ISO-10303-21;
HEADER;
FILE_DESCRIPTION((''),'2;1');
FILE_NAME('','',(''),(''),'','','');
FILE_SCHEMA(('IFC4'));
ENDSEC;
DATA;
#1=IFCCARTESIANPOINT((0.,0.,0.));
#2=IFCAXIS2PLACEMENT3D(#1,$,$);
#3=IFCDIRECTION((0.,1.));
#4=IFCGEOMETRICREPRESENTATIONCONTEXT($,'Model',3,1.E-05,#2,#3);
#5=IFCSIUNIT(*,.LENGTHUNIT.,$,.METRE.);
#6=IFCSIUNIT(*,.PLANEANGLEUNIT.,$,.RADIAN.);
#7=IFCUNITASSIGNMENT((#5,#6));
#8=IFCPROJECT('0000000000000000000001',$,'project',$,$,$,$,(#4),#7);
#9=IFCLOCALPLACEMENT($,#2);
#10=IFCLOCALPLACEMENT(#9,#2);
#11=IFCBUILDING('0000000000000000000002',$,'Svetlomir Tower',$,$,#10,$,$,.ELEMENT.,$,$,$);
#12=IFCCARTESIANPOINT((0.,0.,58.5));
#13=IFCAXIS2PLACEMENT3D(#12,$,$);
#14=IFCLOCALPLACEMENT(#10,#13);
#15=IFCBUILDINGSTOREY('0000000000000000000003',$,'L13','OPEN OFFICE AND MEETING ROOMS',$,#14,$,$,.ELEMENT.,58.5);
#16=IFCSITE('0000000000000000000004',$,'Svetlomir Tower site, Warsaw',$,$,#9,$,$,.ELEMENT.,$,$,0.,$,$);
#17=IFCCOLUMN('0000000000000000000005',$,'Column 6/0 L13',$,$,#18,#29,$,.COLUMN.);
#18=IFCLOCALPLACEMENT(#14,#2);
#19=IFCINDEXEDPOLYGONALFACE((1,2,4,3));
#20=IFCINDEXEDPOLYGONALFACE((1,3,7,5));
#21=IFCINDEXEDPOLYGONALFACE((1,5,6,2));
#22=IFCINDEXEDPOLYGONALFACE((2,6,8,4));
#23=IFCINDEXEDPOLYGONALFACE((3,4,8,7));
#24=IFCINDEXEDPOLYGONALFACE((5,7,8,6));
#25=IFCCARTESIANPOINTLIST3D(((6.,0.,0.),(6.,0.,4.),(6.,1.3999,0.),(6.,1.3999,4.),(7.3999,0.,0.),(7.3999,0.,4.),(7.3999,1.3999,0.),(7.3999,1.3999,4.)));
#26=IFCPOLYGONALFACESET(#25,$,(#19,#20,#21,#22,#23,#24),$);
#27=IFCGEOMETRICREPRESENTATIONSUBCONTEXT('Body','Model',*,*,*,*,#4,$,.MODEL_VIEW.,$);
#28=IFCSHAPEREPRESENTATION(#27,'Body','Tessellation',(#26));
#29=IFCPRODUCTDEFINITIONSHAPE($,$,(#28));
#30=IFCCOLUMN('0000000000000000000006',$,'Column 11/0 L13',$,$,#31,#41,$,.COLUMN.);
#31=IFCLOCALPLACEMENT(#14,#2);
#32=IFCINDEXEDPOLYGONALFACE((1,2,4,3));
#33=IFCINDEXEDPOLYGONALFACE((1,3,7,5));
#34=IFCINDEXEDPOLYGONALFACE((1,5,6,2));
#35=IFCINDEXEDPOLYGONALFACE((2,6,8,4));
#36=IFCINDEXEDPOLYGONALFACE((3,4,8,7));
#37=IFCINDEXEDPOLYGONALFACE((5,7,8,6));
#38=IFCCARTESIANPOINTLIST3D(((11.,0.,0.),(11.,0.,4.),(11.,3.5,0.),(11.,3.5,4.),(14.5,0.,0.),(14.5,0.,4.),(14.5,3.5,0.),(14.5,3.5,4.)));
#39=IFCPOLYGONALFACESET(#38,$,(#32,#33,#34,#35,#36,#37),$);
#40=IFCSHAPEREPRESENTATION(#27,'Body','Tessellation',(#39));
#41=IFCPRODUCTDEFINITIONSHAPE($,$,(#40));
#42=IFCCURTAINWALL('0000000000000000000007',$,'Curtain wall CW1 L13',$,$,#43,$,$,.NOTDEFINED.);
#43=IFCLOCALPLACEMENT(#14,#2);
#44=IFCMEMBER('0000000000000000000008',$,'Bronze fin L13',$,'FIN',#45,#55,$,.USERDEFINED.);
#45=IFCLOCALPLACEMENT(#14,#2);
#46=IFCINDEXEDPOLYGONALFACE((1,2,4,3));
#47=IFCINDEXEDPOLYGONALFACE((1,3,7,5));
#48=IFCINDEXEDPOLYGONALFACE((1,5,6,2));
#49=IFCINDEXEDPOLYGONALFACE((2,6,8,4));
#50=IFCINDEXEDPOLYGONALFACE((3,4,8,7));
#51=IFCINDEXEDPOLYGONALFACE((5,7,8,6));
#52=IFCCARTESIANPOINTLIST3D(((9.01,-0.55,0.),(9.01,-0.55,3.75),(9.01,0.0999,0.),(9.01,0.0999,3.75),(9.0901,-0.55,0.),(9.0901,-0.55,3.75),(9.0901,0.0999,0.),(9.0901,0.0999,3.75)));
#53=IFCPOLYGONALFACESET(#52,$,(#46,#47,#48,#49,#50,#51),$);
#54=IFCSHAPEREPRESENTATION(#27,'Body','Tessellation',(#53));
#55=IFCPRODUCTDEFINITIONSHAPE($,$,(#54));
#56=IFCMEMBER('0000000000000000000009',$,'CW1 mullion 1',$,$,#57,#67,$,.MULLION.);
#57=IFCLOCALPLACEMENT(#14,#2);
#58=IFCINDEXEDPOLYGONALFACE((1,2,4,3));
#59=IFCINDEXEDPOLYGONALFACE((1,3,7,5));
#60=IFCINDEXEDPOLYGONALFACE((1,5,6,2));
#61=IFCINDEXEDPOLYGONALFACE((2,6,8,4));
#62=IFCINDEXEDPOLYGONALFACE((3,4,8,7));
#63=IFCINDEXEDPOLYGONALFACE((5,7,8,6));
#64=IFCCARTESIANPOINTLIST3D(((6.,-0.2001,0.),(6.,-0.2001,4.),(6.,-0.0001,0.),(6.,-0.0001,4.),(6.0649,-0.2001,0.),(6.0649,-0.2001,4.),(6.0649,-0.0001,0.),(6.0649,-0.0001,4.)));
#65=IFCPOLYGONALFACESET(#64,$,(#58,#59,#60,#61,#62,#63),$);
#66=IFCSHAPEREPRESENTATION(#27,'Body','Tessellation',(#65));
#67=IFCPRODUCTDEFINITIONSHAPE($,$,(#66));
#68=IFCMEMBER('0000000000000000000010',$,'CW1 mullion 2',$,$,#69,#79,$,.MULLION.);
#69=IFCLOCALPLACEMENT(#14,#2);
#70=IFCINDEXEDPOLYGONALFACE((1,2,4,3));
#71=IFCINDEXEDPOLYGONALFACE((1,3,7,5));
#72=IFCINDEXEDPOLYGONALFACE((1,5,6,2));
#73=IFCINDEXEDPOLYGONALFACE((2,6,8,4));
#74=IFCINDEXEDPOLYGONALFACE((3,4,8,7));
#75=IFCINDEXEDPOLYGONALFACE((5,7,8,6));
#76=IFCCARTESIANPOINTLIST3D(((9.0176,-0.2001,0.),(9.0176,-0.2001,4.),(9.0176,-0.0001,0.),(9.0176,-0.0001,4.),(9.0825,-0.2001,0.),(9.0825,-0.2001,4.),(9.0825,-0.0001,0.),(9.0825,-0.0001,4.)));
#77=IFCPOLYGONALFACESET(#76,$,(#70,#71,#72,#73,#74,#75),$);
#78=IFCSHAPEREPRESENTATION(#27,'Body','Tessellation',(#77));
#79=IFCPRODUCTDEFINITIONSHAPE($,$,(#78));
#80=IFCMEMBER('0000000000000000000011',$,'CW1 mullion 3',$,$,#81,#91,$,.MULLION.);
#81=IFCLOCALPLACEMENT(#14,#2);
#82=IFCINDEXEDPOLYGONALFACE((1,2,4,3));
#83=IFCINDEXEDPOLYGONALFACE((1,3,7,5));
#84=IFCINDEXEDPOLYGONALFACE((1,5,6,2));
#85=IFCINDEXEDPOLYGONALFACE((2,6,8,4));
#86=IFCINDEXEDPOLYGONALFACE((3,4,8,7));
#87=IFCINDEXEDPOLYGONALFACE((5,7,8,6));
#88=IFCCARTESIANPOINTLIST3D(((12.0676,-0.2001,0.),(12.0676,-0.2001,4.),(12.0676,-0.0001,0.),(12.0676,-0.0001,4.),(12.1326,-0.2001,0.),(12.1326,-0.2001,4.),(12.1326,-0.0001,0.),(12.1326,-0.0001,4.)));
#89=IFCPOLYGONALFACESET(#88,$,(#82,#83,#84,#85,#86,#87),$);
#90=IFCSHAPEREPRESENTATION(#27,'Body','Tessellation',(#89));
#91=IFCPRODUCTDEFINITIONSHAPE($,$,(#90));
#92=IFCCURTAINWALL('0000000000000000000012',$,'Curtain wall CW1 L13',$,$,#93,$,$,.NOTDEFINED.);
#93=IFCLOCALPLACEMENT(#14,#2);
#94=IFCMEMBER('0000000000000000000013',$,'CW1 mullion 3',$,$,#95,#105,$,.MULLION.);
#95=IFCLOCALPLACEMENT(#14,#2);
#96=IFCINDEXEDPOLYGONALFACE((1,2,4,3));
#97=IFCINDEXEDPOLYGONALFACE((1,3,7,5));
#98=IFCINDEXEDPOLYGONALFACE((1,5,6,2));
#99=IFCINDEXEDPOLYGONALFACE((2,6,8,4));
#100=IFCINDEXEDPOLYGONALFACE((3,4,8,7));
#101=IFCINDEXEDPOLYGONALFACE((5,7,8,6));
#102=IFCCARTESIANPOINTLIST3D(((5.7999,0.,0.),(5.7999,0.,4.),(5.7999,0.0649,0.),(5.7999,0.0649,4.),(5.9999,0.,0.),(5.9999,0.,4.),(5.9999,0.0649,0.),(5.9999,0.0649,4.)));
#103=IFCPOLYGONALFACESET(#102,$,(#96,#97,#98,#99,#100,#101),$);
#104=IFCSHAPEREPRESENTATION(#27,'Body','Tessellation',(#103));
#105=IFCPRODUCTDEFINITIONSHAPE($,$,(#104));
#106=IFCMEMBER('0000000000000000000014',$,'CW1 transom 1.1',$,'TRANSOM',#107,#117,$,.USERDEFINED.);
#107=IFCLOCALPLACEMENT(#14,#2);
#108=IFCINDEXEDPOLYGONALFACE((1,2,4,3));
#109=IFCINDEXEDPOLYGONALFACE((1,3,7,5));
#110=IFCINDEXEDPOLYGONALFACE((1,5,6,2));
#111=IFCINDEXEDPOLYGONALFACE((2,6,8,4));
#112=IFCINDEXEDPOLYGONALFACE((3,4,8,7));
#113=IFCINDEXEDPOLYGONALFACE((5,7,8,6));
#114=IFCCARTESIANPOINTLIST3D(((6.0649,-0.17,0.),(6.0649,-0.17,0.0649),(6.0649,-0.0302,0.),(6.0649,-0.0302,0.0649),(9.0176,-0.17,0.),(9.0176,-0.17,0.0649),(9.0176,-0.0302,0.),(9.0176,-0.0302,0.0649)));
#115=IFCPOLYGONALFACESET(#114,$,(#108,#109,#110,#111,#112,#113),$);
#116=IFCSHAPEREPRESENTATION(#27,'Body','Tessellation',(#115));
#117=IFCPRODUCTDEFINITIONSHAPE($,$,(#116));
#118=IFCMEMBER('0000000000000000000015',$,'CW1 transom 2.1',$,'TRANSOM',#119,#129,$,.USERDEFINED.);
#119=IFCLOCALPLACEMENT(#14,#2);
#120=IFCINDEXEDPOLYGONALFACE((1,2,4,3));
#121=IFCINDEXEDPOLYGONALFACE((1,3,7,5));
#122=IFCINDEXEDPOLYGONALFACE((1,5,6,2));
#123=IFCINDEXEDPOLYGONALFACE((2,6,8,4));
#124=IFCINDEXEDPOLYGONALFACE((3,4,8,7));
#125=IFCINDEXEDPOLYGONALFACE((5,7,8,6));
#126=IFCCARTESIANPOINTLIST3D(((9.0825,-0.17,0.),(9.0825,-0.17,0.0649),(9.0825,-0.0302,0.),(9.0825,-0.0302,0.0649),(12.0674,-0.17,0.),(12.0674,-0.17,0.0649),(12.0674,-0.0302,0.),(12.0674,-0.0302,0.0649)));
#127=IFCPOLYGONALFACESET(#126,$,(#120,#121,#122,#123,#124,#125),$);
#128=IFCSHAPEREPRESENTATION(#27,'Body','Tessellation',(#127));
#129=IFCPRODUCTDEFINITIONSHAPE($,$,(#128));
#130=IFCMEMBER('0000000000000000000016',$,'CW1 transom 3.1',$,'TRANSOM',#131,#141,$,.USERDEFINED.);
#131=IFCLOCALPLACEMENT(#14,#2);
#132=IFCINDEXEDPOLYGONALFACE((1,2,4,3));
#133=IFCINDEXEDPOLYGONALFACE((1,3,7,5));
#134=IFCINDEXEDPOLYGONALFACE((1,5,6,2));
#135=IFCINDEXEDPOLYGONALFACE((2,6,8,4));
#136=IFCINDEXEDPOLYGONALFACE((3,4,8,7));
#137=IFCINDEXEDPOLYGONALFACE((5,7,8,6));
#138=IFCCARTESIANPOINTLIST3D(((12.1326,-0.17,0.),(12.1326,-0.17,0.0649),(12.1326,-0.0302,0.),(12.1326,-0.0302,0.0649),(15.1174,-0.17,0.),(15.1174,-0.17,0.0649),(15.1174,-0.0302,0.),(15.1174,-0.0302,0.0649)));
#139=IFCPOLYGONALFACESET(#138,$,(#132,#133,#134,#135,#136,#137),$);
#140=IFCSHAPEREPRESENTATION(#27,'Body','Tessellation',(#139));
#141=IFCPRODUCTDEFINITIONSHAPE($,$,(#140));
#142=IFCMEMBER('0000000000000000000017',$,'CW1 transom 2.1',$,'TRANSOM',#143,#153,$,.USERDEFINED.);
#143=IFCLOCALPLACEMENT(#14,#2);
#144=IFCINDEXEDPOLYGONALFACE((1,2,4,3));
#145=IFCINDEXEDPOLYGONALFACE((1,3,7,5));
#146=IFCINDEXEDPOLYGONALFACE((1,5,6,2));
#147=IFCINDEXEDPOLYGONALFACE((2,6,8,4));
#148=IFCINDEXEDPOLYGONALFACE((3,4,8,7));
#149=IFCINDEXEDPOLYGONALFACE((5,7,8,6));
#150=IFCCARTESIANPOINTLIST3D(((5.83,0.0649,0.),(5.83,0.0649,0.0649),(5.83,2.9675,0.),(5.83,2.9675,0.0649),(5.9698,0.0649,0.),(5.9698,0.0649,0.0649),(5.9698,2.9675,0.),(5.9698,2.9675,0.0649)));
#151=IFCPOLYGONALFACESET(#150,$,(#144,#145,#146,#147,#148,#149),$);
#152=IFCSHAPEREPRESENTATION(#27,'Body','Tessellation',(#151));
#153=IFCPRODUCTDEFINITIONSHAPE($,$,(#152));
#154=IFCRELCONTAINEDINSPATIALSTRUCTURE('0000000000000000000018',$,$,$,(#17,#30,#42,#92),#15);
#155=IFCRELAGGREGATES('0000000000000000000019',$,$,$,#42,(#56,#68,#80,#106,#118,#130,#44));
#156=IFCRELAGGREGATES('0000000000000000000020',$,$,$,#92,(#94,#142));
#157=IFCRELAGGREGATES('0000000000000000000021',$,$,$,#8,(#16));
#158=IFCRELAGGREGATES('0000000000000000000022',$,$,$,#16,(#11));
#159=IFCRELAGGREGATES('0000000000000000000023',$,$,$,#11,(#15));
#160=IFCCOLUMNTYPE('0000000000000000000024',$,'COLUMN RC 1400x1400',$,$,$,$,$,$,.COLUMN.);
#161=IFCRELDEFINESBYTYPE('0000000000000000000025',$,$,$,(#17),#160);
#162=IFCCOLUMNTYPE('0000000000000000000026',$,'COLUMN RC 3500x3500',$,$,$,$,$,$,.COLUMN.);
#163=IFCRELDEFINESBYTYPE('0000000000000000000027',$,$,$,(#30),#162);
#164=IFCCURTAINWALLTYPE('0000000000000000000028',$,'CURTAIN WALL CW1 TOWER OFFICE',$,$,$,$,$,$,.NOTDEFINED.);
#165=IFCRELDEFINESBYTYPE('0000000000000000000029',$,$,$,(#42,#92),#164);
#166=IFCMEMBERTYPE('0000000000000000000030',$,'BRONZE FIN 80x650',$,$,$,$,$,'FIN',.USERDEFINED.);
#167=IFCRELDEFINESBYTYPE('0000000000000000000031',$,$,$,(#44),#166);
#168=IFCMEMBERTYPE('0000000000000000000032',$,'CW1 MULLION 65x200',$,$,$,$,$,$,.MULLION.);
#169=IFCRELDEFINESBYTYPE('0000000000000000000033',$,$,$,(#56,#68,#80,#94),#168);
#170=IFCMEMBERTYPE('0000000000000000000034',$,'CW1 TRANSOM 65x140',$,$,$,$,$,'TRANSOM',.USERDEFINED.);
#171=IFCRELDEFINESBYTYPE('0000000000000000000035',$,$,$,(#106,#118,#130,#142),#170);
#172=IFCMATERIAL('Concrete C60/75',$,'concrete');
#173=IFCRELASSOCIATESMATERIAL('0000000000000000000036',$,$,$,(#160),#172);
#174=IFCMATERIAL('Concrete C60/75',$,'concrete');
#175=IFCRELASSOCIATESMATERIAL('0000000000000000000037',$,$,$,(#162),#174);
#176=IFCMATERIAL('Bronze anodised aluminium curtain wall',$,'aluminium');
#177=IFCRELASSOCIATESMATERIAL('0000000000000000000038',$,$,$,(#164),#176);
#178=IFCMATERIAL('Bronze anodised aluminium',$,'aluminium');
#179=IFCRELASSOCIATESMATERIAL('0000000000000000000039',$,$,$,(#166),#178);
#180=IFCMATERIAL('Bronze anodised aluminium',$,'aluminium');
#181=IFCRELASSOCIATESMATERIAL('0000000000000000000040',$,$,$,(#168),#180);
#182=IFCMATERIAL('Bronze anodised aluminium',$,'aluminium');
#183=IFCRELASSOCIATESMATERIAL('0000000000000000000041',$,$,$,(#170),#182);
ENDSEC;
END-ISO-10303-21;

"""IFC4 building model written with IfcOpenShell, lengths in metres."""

from ifc_helpers import new_model, si_unit, direction, frame, origin, origin_2d, place, context, subcontext, project, spatial, rectangle, extrude, material, material_profile, profile_set, type_object, element, aggregate, save


model = new_model("IFC4")

# Units and contexts
model_context = context("Model", 3, precision=1e-05, world=origin(), true_north=direction((0.0, 1.0)))
body_context = subcontext(model_context, "Body", "Model", "MODEL_VIEW")
ifc_project = project(units=[si_unit("LENGTHUNIT", "METRE"), si_unit("PLANEANGLEUNIT", "RADIAN")], contexts=[model_context])

# Site, building, storey
site_placement = place(None, origin())
site = spatial("IfcSite", under=ifc_project, at=site_placement, Name="Svetlomir Tower site, Warsaw", CompositionType="ELEMENT", RefElevation=0.0)
building_placement = place(site_placement, origin())
building = spatial("IfcBuilding", under=site, at=building_placement, Name="Svetlomir Tower", CompositionType="ELEMENT")
storey_placement = place(building_placement, frame((0.0, 0.0, 58.5)))
storey = spatial("IfcBuildingStorey", under=building, at=storey_placement, Name="L13", Description="OPEN OFFICE AND MEETING ROOMS", CompositionType="ELEMENT", Elevation=58.5)

# Columns
ifc_material_1 = material(Name="Concrete C60/75", Category="concrete")
ifc_material_profile_1 = material_profile(ifc_material_1, rectangle(XDim=1.3999, YDim=1.3999, at=origin_2d()), Name="RC 1400x1400")
ifc_profile_set_1 = profile_set([ifc_material_profile_1], Name="Concrete C60/75")
column_type_1 = type_object("IfcColumnType", Name="COLUMN RC 1400x1400", PredefinedType="COLUMN", material=ifc_profile_set_1)
column_1_placement = place(storey_placement, frame((6.7, 0.7, 0.0), z_axis=(0.0, 0.0, 1.0), x_axis=(1.0, 0.0, 0.0)))
element("IfcColumn", 1, at=column_1_placement, inside=storey, type_object=column_type_1, Name="Column 6/0 L13", PredefinedType="COLUMN", context=body_context, shape_type="SweptSolid", body=[
    extrude(rectangle(XDim=1.3999, YDim=1.3999, at=origin_2d()), origin(), (0.0, 0.0, 1.0), 4.0),
])
ifc_material_2 = material(Name="Concrete C60/75", Category="concrete")
ifc_material_profile_2 = material_profile(ifc_material_2, rectangle(XDim=3.5, YDim=3.5, at=origin_2d()), Name="RC 3500x3500")
ifc_profile_set_2 = profile_set([ifc_material_profile_2], Name="Concrete C60/75")
column_type_2 = type_object("IfcColumnType", Name="COLUMN RC 3500x3500", PredefinedType="COLUMN", material=ifc_profile_set_2)
column_2_placement = place(storey_placement, frame((12.75, 1.75, 0.0), z_axis=(0.0, 0.0, 1.0), x_axis=(1.0, 0.0, 0.0)))
element("IfcColumn", 2, at=column_2_placement, inside=storey, type_object=column_type_2, Name="Column 11/0 L13", PredefinedType="COLUMN", context=body_context, shape_type="SweptSolid", body=[
    extrude(rectangle(XDim=3.5, YDim=3.5, at=origin_2d()), origin(), (0.0, 0.0, 1.0), 4.0),
])

# Curtain wall, members
ifc_material_3 = material(Name="Bronze anodised aluminium curtain wall", Category="aluminium")
curtain_wall_type = type_object("IfcCurtainWallType", Name="CURTAIN WALL CW1 TOWER OFFICE", PredefinedType="NOTDEFINED", material=ifc_material_3)
curtain_wall_1_placement = place(storey_placement, origin())
curtain_wall_1 = element("IfcCurtainWall", 3, at=curtain_wall_1_placement, inside=storey, type_object=curtain_wall_type, Name="Curtain wall CW1 L13", PredefinedType="NOTDEFINED")
ifc_material_4 = material(Name="Bronze anodised aluminium", Category="aluminium")
ifc_material_profile_3 = material_profile(ifc_material_4, rectangle(XDim=0.0801, YDim=0.6499, at=origin_2d()), Name="FIN 80x650")
ifc_profile_set_3 = profile_set([ifc_material_profile_3], Name="Bronze anodised aluminium 6063-T6")
member_type_1 = type_object("IfcMemberType", Name="BRONZE FIN 80x650", ElementType="FIN", PredefinedType="USERDEFINED", material=ifc_profile_set_3)
member_1_placement = place(storey_placement, frame((9.05, -0.2251, 0.0), z_axis=(0.0, 0.0, 1.0), x_axis=(1.0, 0.0, 0.0)))
member_1 = element("IfcMember", 4, at=member_1_placement, type_object=member_type_1, Name="Bronze fin L13", ObjectType="FIN", PredefinedType="USERDEFINED", context=body_context, shape_type="SweptSolid", body=[
    extrude(rectangle(XDim=0.0801, YDim=0.6499, at=origin_2d()), origin(), (0.0, 0.0, 1.0), 3.75),
])
ifc_material_5 = material(Name="Bronze anodised aluminium", Category="aluminium")
ifc_material_profile_4 = material_profile(ifc_material_5, rectangle(XDim=0.0649, YDim=0.2, at=origin_2d()), Name="AL 65x200")
ifc_profile_set_4 = profile_set([ifc_material_profile_4], Name="Bronze anodised aluminium 6063-T6")
member_type_2 = type_object("IfcMemberType", Name="CW1 MULLION 65x200", PredefinedType="MULLION", material=ifc_profile_set_4)
member_2_placement = place(storey_placement, frame((6.0325, -0.1001, 0.0), z_axis=(0.0, 0.0, 1.0), x_axis=(1.0, 0.0, 0.0)))
member_2 = element("IfcMember", 5, at=member_2_placement, type_object=member_type_2, Name="CW1 mullion 1", PredefinedType="MULLION", context=body_context, shape_type="SweptSolid", body=[
    extrude(rectangle(XDim=0.0649, YDim=0.2, at=origin_2d()), origin(), (0.0, 0.0, 1.0), 4.0),
])
member_3_placement = place(storey_placement, frame((9.05, -0.1001, 0.0), z_axis=(0.0, 0.0, 1.0), x_axis=(1.0, 0.0, 0.0)))
member_3 = element("IfcMember", 6, at=member_3_placement, type_object=member_type_2, Name="CW1 mullion 2", PredefinedType="MULLION", context=body_context, shape_type="SweptSolid", body=[
    extrude(rectangle(XDim=0.0649, YDim=0.2, at=origin_2d()), origin(), (0.0, 0.0, 1.0), 4.0),
])
member_4_placement = place(storey_placement, frame((12.1001, -0.1001, 0.0), z_axis=(0.0, 0.0, 1.0), x_axis=(1.0, 0.0, 0.0)))
member_4 = element("IfcMember", 7, at=member_4_placement, type_object=member_type_2, Name="CW1 mullion 3", PredefinedType="MULLION", context=body_context, shape_type="SweptSolid", body=[
    extrude(rectangle(XDim=0.0649, YDim=0.2, at=origin_2d()), origin(), (0.0, 0.0, 1.0), 4.0),
])

# Curtain wall, member
curtain_wall_2_placement = place(storey_placement, origin())
curtain_wall_2 = element("IfcCurtainWall", 8, at=curtain_wall_2_placement, inside=storey, type_object=curtain_wall_type, Name="Curtain wall CW1 L13", PredefinedType="NOTDEFINED")
member_5_placement = place(storey_placement, frame((5.8999, 0.0325, 0.0), z_axis=(0.0, 0.0, 1.0), x_axis=(0.0, -1.0, 0.0)))
member_5 = element("IfcMember", 9, at=member_5_placement, type_object=member_type_2, Name="CW1 mullion 3", PredefinedType="MULLION", context=body_context, shape_type="SweptSolid", body=[
    extrude(rectangle(XDim=0.0649, YDim=0.2, at=origin_2d()), origin(), (0.0, 0.0, 1.0), 4.0),
])

# Members
ifc_material_6 = material(Name="Bronze anodised aluminium", Category="aluminium")
ifc_material_profile_5 = material_profile(ifc_material_6, rectangle(XDim=0.1399, YDim=0.0649, at=origin_2d()), Name="AL 140x65")
ifc_profile_set_5 = profile_set([ifc_material_profile_5], Name="Bronze anodised aluminium 6063-T6")
member_type_3 = type_object("IfcMemberType", Name="CW1 TRANSOM 65x140", ElementType="TRANSOM", PredefinedType="USERDEFINED", material=ifc_profile_set_5)
member_6_placement = place(storey_placement, frame((6.0649, -0.1001, 0.0325), z_axis=(1.0, 0.0, 0.0), x_axis=(0.0, 1.0, 0.0)))
member_6 = element("IfcMember", 10, at=member_6_placement, type_object=member_type_3, Name="CW1 transom 1.1", ObjectType="TRANSOM", PredefinedType="USERDEFINED", context=body_context, shape_type="SweptSolid", body=[
    extrude(rectangle(XDim=0.1399, YDim=0.0649, at=origin_2d()), origin(), (0.0, 0.0, 1.0), 2.9526),
])
member_7_placement = place(storey_placement, frame((9.0825, -0.1001, 0.0325), z_axis=(1.0, 0.0, 0.0), x_axis=(0.0, 1.0, 0.0)))
member_7 = element("IfcMember", 11, at=member_7_placement, type_object=member_type_3, Name="CW1 transom 2.1", ObjectType="TRANSOM", PredefinedType="USERDEFINED", context=body_context, shape_type="SweptSolid", body=[
    extrude(rectangle(XDim=0.1399, YDim=0.0649, at=origin_2d()), origin(), (0.0, 0.0, 1.0), 2.9849),
])
member_8_placement = place(storey_placement, frame((12.1326, -0.1001, 0.0325), z_axis=(1.0, 0.0, 0.0), x_axis=(0.0, 1.0, 0.0)))
member_8 = element("IfcMember", 12, at=member_8_placement, type_object=member_type_3, Name="CW1 transom 3.1", ObjectType="TRANSOM", PredefinedType="USERDEFINED", context=body_context, shape_type="SweptSolid", body=[
    extrude(rectangle(XDim=0.1399, YDim=0.0649, at=origin_2d()), origin(), (0.0, 0.0, 1.0), 2.9849),
])
member_9_placement = place(storey_placement, frame((5.8999, 2.9675, 0.0325), z_axis=(0.0, -1.0, 0.0), x_axis=(1.0, 0.0, 0.0)))
member_9 = element("IfcMember", 13, at=member_9_placement, type_object=member_type_3, Name="CW1 transom 2.1", ObjectType="TRANSOM", PredefinedType="USERDEFINED", context=body_context, shape_type="SweptSolid", body=[
    extrude(rectangle(XDim=0.1399, YDim=0.0649, at=origin_2d()), origin(), (0.0, 0.0, 1.0), 2.9026),
])

aggregate(curtain_wall_1, [member_2, member_3, member_4, member_6, member_7, member_8, member_1])
aggregate(curtain_wall_2, [member_5, member_9])

save(model, "model.ifc")
